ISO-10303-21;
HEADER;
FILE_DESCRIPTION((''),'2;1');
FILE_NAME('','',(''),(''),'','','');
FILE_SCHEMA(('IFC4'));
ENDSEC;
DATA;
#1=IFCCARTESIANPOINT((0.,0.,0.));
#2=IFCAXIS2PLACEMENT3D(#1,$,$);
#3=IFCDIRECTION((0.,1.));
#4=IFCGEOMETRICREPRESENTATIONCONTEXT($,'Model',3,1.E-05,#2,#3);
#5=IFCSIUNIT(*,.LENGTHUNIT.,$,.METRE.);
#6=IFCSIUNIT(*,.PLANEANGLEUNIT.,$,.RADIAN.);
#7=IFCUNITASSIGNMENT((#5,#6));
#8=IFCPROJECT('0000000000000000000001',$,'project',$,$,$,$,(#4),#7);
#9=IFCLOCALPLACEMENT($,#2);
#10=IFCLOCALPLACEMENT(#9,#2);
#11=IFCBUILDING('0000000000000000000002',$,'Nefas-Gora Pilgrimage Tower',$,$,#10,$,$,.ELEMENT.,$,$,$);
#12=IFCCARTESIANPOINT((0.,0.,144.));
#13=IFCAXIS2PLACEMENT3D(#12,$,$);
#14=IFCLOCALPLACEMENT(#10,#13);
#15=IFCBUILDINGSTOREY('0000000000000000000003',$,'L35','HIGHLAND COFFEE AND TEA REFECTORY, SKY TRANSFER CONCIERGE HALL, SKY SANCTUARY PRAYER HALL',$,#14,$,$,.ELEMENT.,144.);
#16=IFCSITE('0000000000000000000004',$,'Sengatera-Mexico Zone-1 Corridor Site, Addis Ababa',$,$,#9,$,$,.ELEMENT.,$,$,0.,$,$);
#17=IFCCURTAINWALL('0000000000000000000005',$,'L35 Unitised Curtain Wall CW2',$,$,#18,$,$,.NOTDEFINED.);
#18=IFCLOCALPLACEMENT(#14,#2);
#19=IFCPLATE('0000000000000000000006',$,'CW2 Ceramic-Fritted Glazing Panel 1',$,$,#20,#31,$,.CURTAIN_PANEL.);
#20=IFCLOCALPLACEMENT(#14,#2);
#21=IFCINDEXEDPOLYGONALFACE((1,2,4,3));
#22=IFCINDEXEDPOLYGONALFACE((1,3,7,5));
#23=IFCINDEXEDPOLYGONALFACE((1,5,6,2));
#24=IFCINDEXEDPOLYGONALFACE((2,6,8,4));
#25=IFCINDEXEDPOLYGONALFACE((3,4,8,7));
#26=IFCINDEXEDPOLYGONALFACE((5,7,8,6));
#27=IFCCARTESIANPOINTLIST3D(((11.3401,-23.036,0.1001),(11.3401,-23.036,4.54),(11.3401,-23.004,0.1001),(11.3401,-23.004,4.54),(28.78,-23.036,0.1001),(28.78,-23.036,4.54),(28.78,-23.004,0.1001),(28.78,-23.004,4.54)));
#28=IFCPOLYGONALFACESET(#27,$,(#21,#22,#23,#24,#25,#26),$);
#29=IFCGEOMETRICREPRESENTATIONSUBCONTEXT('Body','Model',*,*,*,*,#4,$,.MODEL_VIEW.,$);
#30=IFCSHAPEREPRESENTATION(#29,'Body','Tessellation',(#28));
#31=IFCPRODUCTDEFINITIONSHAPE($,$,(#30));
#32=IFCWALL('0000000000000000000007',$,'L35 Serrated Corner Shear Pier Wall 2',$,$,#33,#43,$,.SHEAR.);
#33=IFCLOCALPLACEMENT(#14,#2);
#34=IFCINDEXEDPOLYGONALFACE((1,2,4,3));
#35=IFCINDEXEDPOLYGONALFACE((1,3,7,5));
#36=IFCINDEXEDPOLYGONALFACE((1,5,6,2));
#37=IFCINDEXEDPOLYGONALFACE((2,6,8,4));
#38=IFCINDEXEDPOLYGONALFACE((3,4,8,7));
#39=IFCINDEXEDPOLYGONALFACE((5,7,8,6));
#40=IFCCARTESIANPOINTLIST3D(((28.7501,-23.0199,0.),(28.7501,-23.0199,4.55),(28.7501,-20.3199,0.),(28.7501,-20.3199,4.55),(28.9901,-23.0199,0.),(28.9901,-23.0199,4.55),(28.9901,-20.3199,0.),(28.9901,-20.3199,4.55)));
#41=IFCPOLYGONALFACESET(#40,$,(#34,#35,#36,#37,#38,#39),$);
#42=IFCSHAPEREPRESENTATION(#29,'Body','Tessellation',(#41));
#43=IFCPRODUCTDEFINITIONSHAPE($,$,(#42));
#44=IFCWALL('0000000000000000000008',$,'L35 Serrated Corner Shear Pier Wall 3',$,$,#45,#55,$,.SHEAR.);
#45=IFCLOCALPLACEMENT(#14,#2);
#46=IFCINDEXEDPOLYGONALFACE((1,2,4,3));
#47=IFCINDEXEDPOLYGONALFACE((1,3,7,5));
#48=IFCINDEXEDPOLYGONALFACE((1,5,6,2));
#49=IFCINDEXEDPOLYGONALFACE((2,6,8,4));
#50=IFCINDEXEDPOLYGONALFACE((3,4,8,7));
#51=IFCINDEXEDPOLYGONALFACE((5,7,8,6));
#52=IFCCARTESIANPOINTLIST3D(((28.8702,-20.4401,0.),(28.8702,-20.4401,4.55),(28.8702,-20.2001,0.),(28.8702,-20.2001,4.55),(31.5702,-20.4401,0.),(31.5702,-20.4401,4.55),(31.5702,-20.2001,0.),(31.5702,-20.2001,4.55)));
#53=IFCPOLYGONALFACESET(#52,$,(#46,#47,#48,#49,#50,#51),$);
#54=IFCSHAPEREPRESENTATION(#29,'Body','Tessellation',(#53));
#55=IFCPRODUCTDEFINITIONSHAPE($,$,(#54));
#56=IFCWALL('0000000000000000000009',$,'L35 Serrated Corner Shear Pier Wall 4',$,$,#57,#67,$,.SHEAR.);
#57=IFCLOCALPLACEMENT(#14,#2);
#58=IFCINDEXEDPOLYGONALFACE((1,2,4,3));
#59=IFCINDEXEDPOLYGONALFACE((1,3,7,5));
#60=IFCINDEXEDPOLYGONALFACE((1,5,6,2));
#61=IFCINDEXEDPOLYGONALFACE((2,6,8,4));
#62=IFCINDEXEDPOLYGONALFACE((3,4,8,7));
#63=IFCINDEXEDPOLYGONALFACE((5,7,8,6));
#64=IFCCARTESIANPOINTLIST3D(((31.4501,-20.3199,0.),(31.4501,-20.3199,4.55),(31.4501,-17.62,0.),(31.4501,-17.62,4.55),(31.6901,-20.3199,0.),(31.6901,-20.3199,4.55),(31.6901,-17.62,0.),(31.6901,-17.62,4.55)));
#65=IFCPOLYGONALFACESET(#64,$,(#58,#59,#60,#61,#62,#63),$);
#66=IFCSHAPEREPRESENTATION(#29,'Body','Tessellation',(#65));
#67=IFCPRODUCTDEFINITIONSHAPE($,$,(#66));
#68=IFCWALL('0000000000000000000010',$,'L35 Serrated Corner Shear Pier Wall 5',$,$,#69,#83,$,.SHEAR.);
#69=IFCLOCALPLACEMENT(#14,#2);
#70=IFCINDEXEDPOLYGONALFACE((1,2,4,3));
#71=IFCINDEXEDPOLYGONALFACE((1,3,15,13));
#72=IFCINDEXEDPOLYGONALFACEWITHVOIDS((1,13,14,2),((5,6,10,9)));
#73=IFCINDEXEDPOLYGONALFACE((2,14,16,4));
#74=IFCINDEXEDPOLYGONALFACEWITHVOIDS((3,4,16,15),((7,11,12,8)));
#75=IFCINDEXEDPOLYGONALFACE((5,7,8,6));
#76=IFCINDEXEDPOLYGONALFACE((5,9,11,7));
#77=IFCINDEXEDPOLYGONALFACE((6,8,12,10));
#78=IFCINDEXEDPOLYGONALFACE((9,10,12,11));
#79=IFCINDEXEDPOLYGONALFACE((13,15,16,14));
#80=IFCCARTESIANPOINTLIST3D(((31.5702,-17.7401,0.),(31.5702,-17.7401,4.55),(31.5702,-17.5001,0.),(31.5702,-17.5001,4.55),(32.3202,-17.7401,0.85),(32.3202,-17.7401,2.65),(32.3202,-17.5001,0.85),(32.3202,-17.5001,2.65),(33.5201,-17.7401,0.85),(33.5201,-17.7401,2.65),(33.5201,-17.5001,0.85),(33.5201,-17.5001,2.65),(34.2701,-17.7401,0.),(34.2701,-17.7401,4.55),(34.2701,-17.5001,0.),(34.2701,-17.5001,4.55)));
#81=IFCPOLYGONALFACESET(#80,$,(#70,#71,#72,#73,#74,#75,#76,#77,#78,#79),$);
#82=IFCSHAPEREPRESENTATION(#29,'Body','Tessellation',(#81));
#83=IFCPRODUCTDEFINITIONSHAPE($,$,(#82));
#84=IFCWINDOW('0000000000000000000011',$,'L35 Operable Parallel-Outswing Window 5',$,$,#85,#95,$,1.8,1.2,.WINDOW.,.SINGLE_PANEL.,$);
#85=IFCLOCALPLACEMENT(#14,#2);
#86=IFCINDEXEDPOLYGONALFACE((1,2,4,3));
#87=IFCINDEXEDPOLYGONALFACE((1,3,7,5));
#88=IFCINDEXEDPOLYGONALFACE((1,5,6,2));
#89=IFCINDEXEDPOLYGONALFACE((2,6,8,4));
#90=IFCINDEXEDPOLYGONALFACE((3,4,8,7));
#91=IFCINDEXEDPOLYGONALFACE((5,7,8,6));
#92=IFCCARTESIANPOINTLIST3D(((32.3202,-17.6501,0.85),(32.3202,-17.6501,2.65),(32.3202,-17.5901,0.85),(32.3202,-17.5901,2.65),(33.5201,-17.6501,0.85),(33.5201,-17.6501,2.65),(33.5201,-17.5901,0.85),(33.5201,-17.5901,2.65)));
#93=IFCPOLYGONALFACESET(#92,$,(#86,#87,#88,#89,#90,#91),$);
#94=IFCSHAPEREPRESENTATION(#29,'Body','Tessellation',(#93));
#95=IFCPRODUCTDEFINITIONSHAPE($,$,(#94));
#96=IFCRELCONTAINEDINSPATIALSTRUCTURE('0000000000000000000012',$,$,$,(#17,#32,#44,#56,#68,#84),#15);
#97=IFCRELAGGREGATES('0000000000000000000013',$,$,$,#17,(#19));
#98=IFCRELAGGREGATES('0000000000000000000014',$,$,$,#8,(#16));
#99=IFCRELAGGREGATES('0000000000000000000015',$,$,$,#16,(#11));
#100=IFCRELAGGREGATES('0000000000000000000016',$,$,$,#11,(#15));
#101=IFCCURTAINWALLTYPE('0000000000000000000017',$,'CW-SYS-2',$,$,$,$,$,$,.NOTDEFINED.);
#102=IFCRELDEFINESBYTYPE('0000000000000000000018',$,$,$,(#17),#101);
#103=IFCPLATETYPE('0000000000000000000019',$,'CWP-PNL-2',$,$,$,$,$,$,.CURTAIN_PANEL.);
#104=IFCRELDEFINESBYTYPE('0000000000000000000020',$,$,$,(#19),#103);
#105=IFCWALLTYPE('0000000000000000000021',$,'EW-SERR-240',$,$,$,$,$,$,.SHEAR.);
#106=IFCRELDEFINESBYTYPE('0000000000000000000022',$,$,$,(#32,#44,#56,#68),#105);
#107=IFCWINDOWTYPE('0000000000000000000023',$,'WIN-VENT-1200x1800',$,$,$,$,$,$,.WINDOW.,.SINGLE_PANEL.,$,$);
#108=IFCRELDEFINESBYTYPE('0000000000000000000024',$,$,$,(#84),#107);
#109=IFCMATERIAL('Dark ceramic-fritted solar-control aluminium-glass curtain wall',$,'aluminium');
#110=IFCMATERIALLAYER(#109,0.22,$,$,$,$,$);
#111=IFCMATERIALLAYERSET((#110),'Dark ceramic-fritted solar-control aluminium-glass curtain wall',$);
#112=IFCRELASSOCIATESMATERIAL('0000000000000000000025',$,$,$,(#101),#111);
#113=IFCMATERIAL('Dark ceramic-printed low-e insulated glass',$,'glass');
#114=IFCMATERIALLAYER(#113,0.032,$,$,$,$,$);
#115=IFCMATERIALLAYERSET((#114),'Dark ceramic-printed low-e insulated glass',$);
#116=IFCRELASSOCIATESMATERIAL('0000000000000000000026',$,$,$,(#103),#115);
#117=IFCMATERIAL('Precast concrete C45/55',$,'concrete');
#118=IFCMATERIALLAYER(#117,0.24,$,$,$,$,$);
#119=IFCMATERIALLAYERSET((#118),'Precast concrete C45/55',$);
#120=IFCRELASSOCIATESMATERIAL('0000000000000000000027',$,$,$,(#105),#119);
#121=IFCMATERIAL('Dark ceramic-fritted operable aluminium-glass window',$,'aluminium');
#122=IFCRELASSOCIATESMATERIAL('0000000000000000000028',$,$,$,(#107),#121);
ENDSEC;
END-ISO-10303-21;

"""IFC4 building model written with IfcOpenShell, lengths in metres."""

from ifc_helpers import new_model, si_unit, direction, frame, frame_2d, origin, origin_2d, place, context, subcontext, project, spatial, rectangle, extrude, source, transform, mapped, material, layer, layer_set, type_object, element, fill, aggregate, save


model = new_model("IFC4")

# Units and contexts
model_context = context("Model", 3, precision=1e-05, world=origin(), true_north=direction((0.0, 1.0)))
body_context = subcontext(model_context, "Body", "Model", "MODEL_VIEW")
ifc_project = project(units=[si_unit("LENGTHUNIT", "METRE"), si_unit("PLANEANGLEUNIT", "RADIAN")], contexts=[model_context])

# Site, building, storey
site_placement = place(None, origin())
site = spatial("IfcSite", under=ifc_project, at=site_placement, Name="Sengatera-Mexico Zone-1 Corridor Site, Addis Ababa", CompositionType="ELEMENT", RefElevation=0.0)
building_placement = place(site_placement, origin())
building = spatial("IfcBuilding", under=site, at=building_placement, Name="Nefas-Gora Pilgrimage Tower", CompositionType="ELEMENT")
storey_placement = place(building_placement, frame((0.0, 0.0, 144.0)))
storey = spatial("IfcBuildingStorey", under=building, at=storey_placement, Name="L35", Description="HIGHLAND COFFEE AND TEA REFECTORY, SKY TRANSFER CONCIERGE HALL, SKY SANCTUARY PRAYER HALL", CompositionType="ELEMENT", Elevation=144.0)

# Curtain wall
ifc_material_1 = material(Name="Dark ceramic-fritted solar-control aluminium-glass curtain wall", Category="aluminium")
ifc_layer_1 = layer(ifc_material_1, 0.22)
ifc_layer_set_1 = layer_set([ifc_layer_1], Name="Dark ceramic-fritted solar-control aluminium-glass curtain wall")
curtain_wall_type = type_object("IfcCurtainWallType", Name="CW-SYS-2", PredefinedType="NOTDEFINED", material=ifc_layer_set_1)
curtain_wall_1_placement = place(storey_placement, origin())
curtain_wall_1 = element("IfcCurtainWall", 1, at=curtain_wall_1_placement, inside=storey, type_object=curtain_wall_type, Name="L35 Unitised Curtain Wall CW2", PredefinedType="NOTDEFINED")

# Plate
ifc_material_2 = material(Name="Dark ceramic-printed low-e insulated glass", Category="glass")
ifc_layer_2 = layer(ifc_material_2, 0.032)
ifc_layer_set_2 = layer_set([ifc_layer_2], Name="Dark ceramic-printed low-e insulated glass")
plate_type_1 = type_object("IfcPlateType", Name="CWP-PNL-2", PredefinedType="CURTAIN_PANEL", material=ifc_layer_set_2)
shared_shape_1 = source(origin(), body_context, "Body", "SweptSolid", [
    extrude(rectangle(XDim=17.4399, YDim=0.032, at=origin_2d()), origin(), (0.0, 0.0, 1.0), 4.4399),
])
plate_placement = place(storey_placement, frame((20.0601, -23.02, 0.1001), z_axis=(0.0, 0.0, 1.0), x_axis=(1.0, 0.0, 0.0)))
plate = element("IfcPlate", 2, at=plate_placement, type_object=plate_type_1, Name="CW2 Ceramic-Fritted Glazing Panel 1", PredefinedType="CURTAIN_PANEL", context=body_context, shape_type="MappedRepresentation", body=[
    mapped(shared_shape_1, transform((0.0, 0.0, 0.0), x_axis=(1.0, 0.0, 0.0), y_axis=(0.0, 1.0, 0.0), z_axis=(0.0, 0.0, 1.0), scale=1.0)),
])
aggregate(curtain_wall_1, [plate])

# Walls
ifc_material_3 = material(Name="Precast concrete C45/55", Category="concrete")
ifc_layer_3 = layer(ifc_material_3, 0.24)
ifc_layer_set_3 = layer_set([ifc_layer_3], Name="Precast concrete C45/55")
wall_type = type_object("IfcWallType", Name="EW-SERR-240", PredefinedType="SHEAR", material=ifc_layer_set_3)
shared_shape_2 = source(origin(), body_context, "Body", "SweptSolid", [
    extrude(rectangle(XDim=2.7, YDim=0.24, at=frame_2d((1.3501, 0.0))), origin(), (0.0, 0.0, 1.0), 4.55),
])
for number, where, z_axis, x_axis, name in (
    (3, (28.8701, -23.02, 0.0), (0.0, 0.0, 1.0), (0.0, 1.0, 0.0), "L35 Serrated Corner Shear Pier Wall 2"),
    (4, (28.8701, -20.3201, 0.0), (0.0, 0.0, 1.0), (1.0, 0.0, 0.0), "L35 Serrated Corner Shear Pier Wall 3"),
    (5, (31.5701, -20.3201, 0.0), (0.0, 0.0, 1.0), (0.0, 1.0, 0.0), "L35 Serrated Corner Shear Pier Wall 4"),
):
    element("IfcWall", number, at=place(storey_placement, frame(where, z_axis=z_axis, x_axis=x_axis)), inside=storey, type_object=wall_type, Name=name, PredefinedType="SHEAR", context=body_context, shape_type="MappedRepresentation", body=[
        mapped(shared_shape_2, transform((0.0, 0.0, 0.0), x_axis=(1.0, 0.0, 0.0), y_axis=(0.0, 1.0, 0.0), z_axis=(0.0, 0.0, 1.0), scale=1.0)),
    ])

# Wall, opening, window
wall_placement = place(storey_placement, frame((31.5701, -17.6201, 0.0), z_axis=(0.0, 0.0, 1.0), x_axis=(1.0, 0.0, 0.0)))
wall = element("IfcWall", 6, at=wall_placement, inside=storey, type_object=wall_type, Name="L35 Serrated Corner Shear Pier Wall 5", PredefinedType="SHEAR", context=body_context, shape_type="MappedRepresentation", body=[
    mapped(shared_shape_2, transform((0.0, 0.0, 0.0), x_axis=(1.0, 0.0, 0.0), y_axis=(0.0, 1.0, 0.0), z_axis=(0.0, 0.0, 1.0), scale=1.0)),
])
opening_placement = place(wall_placement, frame((0.75, 0.0, 0.8501)))
opening = element("IfcOpeningElement", 7, at=opening_placement, cuts=wall, PredefinedType="OPENING", context=body_context, shape_type="SweptSolid", body=[
    extrude(rectangle(XDim=1.2, YDim=1.8, at=frame_2d((0.6001, 0.8999))), frame((0.0, 0.1299, 0.0), z_axis=(0.0, -1.0, 0.0), x_axis=(1.0, 0.0, 0.0)), (0.0, 0.0, 1.0), 0.26),
])
ifc_material_4 = material(Name="Dark ceramic-fritted operable aluminium-glass window", Category="aluminium")
window_type = type_object("IfcWindowType", Name="WIN-VENT-1200x1800", PartitioningType="SINGLE_PANEL", PredefinedType="WINDOW", material=ifc_material_4)
shared_shape_3 = source(origin(), body_context, "Body", "SweptSolid", [
    extrude(rectangle(XDim=1.2, YDim=1.8, at=frame_2d((0.6001, 0.8999))), frame((0.0, 0.03, 0.0), z_axis=(0.0, -1.0, 0.0), x_axis=(1.0, 0.0, 0.0)), (0.0, 0.0, 1.0), 0.0601),
])
window_placement = place(opening_placement, origin())
window = element("IfcWindow", 8, at=window_placement, inside=storey, type_object=window_type, Name="L35 Operable Parallel-Outswing Window 5", OverallHeight=1.8, OverallWidth=1.2, PartitioningType="SINGLE_PANEL", PredefinedType="WINDOW", context=body_context, shape_type="MappedRepresentation", body=[
    mapped(shared_shape_3, transform((0.0, 0.0, 0.0), x_axis=(1.0, 0.0, 0.0), y_axis=(0.0, 1.0, 0.0), z_axis=(0.0, 0.0, 1.0), scale=1.0)),
])
fill(opening, window)

save(model, "model.ifc")
